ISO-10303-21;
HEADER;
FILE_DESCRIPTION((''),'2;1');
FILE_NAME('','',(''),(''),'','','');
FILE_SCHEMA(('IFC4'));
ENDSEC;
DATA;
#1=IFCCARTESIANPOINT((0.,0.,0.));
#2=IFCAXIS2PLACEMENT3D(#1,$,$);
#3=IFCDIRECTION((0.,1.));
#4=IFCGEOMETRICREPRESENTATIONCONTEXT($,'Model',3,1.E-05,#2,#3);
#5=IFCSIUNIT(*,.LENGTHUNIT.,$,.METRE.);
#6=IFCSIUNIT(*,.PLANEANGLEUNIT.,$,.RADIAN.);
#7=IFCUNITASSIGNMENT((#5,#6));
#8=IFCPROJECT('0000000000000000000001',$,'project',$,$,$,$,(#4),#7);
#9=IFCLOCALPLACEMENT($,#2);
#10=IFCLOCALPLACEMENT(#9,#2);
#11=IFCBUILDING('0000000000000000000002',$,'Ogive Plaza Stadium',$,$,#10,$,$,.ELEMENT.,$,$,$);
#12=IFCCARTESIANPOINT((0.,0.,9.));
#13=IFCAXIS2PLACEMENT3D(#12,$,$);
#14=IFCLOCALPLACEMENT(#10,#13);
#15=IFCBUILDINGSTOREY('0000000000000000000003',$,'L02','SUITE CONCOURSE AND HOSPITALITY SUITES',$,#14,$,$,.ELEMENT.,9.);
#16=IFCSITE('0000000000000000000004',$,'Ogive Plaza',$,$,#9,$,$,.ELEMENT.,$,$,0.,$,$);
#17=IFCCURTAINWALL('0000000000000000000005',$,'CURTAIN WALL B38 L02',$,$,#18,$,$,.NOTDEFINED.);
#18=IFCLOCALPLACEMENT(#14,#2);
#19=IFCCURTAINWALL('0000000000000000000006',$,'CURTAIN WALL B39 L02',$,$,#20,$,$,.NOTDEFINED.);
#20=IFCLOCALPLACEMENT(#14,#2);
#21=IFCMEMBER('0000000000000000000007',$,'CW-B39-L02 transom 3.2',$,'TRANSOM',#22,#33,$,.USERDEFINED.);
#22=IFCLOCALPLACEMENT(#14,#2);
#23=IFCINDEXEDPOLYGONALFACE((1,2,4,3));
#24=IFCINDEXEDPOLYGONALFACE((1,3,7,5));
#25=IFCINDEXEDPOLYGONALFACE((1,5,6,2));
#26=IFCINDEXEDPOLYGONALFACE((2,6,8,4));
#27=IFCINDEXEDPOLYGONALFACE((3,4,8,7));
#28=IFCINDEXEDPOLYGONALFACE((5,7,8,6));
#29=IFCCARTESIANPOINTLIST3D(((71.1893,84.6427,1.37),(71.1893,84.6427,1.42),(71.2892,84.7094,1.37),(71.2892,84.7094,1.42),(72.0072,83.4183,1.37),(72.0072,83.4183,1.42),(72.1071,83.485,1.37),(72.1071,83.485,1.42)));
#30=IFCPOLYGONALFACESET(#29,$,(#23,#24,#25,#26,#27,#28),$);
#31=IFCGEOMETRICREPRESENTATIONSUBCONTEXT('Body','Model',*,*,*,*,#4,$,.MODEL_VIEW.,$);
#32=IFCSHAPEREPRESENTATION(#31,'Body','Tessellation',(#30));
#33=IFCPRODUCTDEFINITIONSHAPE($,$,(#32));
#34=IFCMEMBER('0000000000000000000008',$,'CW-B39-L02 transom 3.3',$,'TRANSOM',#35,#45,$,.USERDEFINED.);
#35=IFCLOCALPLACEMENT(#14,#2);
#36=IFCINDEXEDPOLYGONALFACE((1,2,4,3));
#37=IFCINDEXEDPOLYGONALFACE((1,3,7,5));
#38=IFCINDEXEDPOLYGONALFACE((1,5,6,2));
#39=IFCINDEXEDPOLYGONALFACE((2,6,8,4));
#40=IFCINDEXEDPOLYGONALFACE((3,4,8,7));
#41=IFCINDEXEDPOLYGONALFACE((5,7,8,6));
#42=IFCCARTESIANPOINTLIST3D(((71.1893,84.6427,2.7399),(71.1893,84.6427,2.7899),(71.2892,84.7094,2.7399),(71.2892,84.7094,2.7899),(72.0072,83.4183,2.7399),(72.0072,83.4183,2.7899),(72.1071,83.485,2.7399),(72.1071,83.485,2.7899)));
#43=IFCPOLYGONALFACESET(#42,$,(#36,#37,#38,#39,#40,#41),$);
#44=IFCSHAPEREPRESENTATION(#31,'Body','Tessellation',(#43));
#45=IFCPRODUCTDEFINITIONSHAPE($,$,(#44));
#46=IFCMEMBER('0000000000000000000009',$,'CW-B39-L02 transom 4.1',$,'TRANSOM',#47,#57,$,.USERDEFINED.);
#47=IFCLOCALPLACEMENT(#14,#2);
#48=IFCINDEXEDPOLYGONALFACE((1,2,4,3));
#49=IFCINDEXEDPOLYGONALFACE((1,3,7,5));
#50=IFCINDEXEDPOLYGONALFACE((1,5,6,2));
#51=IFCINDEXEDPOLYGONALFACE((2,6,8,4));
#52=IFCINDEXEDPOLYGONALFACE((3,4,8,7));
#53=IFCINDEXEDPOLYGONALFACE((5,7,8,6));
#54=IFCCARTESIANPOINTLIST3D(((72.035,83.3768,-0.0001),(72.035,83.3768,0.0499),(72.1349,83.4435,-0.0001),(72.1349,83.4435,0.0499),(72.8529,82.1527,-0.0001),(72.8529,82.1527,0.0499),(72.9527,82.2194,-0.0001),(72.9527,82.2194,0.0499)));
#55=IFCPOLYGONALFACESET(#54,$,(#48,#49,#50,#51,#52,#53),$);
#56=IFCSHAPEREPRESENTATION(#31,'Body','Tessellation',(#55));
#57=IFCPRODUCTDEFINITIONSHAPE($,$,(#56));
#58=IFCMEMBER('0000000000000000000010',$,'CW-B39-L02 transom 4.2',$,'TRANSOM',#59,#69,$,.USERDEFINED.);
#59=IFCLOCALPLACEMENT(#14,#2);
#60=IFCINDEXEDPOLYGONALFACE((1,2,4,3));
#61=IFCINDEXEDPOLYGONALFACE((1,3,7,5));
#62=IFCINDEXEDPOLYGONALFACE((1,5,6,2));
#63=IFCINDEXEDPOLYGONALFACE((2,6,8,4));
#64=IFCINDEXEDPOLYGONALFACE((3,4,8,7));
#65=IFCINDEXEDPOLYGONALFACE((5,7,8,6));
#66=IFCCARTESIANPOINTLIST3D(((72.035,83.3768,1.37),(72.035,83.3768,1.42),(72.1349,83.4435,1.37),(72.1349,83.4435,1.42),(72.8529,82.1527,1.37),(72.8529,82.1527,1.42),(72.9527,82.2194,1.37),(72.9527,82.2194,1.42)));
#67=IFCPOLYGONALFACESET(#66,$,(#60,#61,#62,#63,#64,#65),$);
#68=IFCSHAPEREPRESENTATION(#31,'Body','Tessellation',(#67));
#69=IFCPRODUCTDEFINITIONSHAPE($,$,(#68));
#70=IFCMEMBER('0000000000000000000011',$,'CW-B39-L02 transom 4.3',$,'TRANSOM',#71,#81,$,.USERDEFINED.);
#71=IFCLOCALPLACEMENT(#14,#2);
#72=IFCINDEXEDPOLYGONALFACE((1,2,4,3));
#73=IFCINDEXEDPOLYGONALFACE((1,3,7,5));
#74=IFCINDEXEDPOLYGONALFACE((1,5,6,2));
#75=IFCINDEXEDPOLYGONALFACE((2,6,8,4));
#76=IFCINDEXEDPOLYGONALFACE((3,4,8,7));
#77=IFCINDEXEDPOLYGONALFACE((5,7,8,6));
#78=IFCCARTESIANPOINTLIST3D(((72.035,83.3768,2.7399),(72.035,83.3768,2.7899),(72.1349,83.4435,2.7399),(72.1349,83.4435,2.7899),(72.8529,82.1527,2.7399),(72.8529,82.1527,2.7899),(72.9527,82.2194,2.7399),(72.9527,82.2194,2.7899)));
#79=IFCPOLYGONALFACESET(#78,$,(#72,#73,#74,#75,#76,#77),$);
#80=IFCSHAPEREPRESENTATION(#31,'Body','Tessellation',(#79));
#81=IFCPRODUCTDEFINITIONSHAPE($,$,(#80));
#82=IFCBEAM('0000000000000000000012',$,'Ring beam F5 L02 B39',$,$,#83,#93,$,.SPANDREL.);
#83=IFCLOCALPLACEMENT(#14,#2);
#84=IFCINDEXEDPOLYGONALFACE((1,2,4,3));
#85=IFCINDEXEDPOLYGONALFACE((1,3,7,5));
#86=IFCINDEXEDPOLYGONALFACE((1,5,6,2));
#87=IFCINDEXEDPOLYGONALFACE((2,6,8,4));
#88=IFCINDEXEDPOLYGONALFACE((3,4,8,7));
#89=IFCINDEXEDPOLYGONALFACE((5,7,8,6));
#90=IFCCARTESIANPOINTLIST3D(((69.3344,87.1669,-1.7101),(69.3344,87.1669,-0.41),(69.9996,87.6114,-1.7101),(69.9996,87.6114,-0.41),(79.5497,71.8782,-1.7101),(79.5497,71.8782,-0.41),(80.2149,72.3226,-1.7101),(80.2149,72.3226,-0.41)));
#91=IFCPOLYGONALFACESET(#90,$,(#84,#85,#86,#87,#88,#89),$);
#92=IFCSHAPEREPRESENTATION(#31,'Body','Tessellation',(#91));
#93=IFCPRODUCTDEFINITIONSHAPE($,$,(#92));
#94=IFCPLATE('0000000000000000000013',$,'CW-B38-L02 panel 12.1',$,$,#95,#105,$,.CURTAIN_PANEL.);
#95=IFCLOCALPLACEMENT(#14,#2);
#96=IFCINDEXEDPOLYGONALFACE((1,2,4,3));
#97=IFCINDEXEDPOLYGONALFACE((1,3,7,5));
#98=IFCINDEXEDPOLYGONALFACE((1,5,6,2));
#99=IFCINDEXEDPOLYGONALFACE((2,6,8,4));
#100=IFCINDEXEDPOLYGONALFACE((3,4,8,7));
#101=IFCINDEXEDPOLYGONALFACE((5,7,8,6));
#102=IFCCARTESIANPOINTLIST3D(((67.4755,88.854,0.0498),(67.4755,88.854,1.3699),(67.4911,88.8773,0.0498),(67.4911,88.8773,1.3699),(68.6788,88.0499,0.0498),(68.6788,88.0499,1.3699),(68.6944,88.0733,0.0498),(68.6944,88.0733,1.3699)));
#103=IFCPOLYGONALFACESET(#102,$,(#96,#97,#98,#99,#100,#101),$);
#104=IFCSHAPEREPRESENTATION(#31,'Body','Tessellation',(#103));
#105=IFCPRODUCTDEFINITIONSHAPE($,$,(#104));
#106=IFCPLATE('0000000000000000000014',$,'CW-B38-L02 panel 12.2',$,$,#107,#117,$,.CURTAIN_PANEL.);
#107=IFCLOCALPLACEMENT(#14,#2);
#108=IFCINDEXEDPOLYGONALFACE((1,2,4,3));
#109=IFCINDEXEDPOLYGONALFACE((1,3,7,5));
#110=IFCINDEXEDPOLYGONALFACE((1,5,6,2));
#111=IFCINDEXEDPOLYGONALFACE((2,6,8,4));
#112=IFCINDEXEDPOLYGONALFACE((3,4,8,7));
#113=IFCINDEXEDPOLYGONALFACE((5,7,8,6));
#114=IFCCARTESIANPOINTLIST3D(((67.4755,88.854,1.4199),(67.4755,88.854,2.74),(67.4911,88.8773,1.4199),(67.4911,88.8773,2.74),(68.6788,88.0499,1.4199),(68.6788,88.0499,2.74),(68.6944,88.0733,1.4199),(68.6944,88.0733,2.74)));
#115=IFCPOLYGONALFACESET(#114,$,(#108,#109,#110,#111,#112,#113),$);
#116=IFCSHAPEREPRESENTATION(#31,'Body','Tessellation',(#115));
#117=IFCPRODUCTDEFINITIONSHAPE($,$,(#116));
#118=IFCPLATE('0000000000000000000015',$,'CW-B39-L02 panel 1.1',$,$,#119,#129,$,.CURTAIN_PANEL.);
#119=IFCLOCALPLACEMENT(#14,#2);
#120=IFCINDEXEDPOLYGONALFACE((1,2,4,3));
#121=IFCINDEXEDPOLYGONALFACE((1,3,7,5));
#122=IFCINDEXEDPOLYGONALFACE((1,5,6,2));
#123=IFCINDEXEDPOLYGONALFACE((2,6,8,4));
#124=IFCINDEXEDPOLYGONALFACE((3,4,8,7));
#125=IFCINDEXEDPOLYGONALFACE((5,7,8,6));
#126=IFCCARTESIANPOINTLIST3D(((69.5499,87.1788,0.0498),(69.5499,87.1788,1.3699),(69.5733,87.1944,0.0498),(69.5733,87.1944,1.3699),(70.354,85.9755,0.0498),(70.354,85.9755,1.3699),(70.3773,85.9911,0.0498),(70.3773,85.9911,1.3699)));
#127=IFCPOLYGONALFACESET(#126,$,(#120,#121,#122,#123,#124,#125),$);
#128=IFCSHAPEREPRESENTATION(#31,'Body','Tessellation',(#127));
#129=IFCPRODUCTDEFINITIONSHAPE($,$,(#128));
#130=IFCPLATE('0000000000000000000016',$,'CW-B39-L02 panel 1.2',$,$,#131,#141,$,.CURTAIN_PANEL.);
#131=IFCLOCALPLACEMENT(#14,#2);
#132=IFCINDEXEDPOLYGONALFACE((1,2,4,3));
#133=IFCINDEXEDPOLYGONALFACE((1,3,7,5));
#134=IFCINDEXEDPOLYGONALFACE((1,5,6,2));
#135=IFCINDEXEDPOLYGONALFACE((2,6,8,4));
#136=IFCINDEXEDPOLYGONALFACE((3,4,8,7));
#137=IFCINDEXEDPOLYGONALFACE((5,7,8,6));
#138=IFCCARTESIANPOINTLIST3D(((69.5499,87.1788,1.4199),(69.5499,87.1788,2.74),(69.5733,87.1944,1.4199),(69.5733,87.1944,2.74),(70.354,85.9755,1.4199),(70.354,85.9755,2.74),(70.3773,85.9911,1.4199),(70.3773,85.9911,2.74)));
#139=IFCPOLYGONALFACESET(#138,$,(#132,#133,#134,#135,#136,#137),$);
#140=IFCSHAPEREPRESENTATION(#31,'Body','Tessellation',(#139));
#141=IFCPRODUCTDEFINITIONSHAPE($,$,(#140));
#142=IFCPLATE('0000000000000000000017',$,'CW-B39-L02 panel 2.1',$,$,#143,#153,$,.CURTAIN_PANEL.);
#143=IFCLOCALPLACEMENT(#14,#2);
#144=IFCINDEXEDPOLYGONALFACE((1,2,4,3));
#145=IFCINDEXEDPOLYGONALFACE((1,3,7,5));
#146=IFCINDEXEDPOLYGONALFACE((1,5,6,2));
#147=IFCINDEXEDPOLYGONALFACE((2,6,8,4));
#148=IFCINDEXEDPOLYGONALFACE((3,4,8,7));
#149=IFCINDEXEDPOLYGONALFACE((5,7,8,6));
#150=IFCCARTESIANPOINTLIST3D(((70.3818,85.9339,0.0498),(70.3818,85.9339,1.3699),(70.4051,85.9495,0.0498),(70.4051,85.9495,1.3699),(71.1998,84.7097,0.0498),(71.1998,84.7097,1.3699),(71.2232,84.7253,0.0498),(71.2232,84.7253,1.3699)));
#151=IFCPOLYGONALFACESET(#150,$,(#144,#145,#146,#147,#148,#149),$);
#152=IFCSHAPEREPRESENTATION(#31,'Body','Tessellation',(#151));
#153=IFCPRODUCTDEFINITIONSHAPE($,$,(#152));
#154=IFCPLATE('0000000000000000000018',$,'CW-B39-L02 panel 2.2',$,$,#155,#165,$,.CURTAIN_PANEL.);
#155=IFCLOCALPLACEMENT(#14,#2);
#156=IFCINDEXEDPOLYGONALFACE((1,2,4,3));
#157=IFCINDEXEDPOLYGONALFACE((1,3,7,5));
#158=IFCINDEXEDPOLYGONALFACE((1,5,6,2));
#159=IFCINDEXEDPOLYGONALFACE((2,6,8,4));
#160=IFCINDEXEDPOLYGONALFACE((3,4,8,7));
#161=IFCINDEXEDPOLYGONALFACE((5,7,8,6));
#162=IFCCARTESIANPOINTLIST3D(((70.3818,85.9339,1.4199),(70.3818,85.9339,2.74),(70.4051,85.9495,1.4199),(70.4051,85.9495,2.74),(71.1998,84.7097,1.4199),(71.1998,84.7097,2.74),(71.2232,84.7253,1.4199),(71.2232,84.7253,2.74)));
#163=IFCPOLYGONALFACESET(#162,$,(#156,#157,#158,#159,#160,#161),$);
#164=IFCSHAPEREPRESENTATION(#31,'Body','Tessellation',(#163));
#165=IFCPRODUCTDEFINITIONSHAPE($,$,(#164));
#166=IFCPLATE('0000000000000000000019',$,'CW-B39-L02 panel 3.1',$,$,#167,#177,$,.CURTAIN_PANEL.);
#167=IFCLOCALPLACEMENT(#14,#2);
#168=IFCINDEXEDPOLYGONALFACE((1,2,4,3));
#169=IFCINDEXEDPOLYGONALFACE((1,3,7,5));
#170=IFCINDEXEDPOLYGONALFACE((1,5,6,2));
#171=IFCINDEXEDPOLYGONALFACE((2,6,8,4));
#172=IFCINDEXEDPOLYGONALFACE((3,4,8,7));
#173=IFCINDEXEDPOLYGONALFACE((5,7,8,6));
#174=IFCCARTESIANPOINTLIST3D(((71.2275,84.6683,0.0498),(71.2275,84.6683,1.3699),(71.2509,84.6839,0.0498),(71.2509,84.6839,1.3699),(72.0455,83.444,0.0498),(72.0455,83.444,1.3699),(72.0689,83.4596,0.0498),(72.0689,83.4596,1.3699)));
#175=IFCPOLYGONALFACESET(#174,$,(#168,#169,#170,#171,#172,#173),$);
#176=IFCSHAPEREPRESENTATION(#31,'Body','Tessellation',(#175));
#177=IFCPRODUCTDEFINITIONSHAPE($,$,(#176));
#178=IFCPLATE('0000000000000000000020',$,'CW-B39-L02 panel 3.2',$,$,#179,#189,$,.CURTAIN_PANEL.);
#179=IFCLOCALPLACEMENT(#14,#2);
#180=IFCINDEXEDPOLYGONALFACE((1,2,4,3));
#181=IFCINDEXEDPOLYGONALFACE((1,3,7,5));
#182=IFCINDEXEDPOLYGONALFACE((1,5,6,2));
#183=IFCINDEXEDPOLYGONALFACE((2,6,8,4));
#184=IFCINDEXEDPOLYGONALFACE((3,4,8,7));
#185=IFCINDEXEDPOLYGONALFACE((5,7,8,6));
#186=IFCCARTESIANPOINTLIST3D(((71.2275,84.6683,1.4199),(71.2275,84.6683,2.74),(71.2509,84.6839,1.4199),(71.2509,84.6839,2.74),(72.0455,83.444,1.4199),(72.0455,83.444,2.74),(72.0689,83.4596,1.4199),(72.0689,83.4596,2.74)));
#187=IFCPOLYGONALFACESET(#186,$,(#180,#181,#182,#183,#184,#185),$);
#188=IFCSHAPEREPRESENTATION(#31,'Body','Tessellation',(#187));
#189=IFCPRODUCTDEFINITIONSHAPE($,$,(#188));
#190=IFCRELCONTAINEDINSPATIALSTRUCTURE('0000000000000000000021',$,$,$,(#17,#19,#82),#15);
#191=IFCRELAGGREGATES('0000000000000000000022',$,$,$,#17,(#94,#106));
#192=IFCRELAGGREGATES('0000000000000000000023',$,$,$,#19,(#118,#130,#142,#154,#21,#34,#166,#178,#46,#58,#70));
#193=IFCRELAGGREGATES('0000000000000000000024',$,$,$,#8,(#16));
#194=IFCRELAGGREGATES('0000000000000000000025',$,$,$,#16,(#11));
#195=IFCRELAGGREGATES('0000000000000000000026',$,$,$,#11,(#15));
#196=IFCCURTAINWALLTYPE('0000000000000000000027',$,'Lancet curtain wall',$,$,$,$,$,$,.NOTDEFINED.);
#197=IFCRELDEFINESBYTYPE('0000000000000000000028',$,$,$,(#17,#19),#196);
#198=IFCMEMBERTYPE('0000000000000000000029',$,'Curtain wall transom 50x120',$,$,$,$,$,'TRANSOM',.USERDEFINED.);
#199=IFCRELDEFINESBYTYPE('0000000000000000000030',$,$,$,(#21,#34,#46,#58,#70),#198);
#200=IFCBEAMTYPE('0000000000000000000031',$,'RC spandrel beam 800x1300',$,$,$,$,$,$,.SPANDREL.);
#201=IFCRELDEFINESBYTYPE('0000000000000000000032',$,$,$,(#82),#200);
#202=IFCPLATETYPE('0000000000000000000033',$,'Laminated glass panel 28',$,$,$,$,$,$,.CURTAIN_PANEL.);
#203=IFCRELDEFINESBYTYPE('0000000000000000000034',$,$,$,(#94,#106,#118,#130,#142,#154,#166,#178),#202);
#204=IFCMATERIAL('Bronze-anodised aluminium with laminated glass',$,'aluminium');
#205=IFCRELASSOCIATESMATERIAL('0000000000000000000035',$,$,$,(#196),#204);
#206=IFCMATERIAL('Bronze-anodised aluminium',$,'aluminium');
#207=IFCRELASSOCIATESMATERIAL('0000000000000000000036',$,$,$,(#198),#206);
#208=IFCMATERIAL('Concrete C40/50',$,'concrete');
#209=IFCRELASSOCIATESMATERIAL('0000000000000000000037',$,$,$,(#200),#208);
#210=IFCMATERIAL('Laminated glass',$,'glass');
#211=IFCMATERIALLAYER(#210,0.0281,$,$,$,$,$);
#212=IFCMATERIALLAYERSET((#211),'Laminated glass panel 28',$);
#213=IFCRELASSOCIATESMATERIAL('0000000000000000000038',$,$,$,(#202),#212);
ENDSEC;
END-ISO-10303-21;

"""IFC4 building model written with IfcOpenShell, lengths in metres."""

from ifc_helpers import new_model, si_unit, direction, frame, origin, origin_2d, place, context, subcontext, project, spatial, rectangle, extrude, material, layer, layer_set, material_profile, profile_set, type_object, element, aggregate, save


model = new_model("IFC4")

# Units and contexts
model_context = context("Model", 3, precision=1e-05, world=origin(), true_north=direction((0.0, 1.0)))
body_context = subcontext(model_context, "Body", "Model", "MODEL_VIEW")
ifc_project = project(units=[si_unit("LENGTHUNIT", "METRE"), si_unit("PLANEANGLEUNIT", "RADIAN")], contexts=[model_context])

# Site, building, storey
site_placement = place(None, origin())
site = spatial("IfcSite", under=ifc_project, at=site_placement, Name="Ogive Plaza", CompositionType="ELEMENT", RefElevation=0.0)
building_placement = place(site_placement, origin())
building = spatial("IfcBuilding", under=site, at=building_placement, Name="Ogive Plaza Stadium", CompositionType="ELEMENT")
storey_placement = place(building_placement, frame((0.0, 0.0, 9.0)))
storey = spatial("IfcBuildingStorey", under=building, at=storey_placement, Name="L02", Description="SUITE CONCOURSE AND HOSPITALITY SUITES", CompositionType="ELEMENT", Elevation=9.0)

# Curtain wall
ifc_material_1 = material(Name="Bronze-anodised aluminium with laminated glass", Category="aluminium")
curtain_wall_type = type_object("IfcCurtainWallType", Name="Lancet curtain wall", PredefinedType="NOTDEFINED", material=ifc_material_1)
curtain_wall_1_placement = place(storey_placement, origin())
curtain_wall_1 = element("IfcCurtainWall", 1, at=curtain_wall_1_placement, inside=storey, type_object=curtain_wall_type, Name="CURTAIN WALL B38 L02", PredefinedType="NOTDEFINED")

# Curtain wall
curtain_wall_2_placement = place(storey_placement, origin())
curtain_wall_2 = element("IfcCurtainWall", 2, at=curtain_wall_2_placement, inside=storey, type_object=curtain_wall_type, Name="CURTAIN WALL B39 L02", PredefinedType="NOTDEFINED")

# Members
ifc_material_2 = material(Name="Bronze-anodised aluminium", Category="aluminium")
ifc_material_profile_1 = material_profile(ifc_material_2, rectangle(XDim=0.1201, YDim=0.05, at=origin_2d()), Name="AL 120x50")
ifc_profile_set_1 = profile_set([ifc_material_profile_1], Name="Bronze-anodised aluminium")
member_type_1 = type_object("IfcMemberType", Name="Curtain wall transom 50x120", ElementType="TRANSOM", PredefinedType="USERDEFINED", material=ifc_profile_set_1)
member_1_placement = place(storey_placement, frame((71.2393, 84.676, 1.395), z_axis=(0.555465, -0.83154, 0.0), x_axis=(0.83154, 0.555465, 0.0)))
member_1 = element("IfcMember", 3, at=member_1_placement, type_object=member_type_1, Name="CW-B39-L02 transom 3.2", ObjectType="TRANSOM", PredefinedType="USERDEFINED", context=body_context, shape_type="SweptSolid", body=[
    extrude(rectangle(XDim=0.1201, YDim=0.05, at=origin_2d()), origin(), (0.0, 0.0, 1.0), 1.4724),
])
member_2_placement = place(storey_placement, frame((71.2393, 84.676, 2.7649), z_axis=(0.555465, -0.83154, 0.0), x_axis=(0.83154, 0.555465, 0.0)))
member_2 = element("IfcMember", 4, at=member_2_placement, type_object=member_type_1, Name="CW-B39-L02 transom 3.3", ObjectType="TRANSOM", PredefinedType="USERDEFINED", context=body_context, shape_type="SweptSolid", body=[
    extrude(rectangle(XDim=0.1201, YDim=0.05, at=origin_2d()), origin(), (0.0, 0.0, 1.0), 1.4724),
])
member_3_placement = place(storey_placement, frame((72.085, 83.4102, 0.0249), z_axis=(0.555542, -0.831489, 0.0), x_axis=(0.831489, 0.555542, 0.0)))
member_3 = element("IfcMember", 5, at=member_3_placement, type_object=member_type_1, Name="CW-B39-L02 transom 4.1", ObjectType="TRANSOM", PredefinedType="USERDEFINED", context=body_context, shape_type="SweptSolid", body=[
    extrude(rectangle(XDim=0.1201, YDim=0.05, at=origin_2d()), origin(), (0.0, 0.0, 1.0), 1.4722),
])
member_4_placement = place(storey_placement, frame((72.085, 83.4102, 1.395), z_axis=(0.555542, -0.831489, 0.0), x_axis=(0.831489, 0.555542, 0.0)))
member_4 = element("IfcMember", 6, at=member_4_placement, type_object=member_type_1, Name="CW-B39-L02 transom 4.2", ObjectType="TRANSOM", PredefinedType="USERDEFINED", context=body_context, shape_type="SweptSolid", body=[
    extrude(rectangle(XDim=0.1201, YDim=0.05, at=origin_2d()), origin(), (0.0, 0.0, 1.0), 1.4722),
])
member_5_placement = place(storey_placement, frame((72.085, 83.4102, 2.7649), z_axis=(0.555542, -0.831489, 0.0), x_axis=(0.831489, 0.555542, 0.0)))
member_5 = element("IfcMember", 7, at=member_5_placement, type_object=member_type_1, Name="CW-B39-L02 transom 4.3", ObjectType="TRANSOM", PredefinedType="USERDEFINED", context=body_context, shape_type="SweptSolid", body=[
    extrude(rectangle(XDim=0.1201, YDim=0.05, at=origin_2d()), origin(), (0.0, 0.0, 1.0), 1.4722),
])

# Beam
ifc_material_3 = material(Name="Concrete C40/50", Category="concrete")
ifc_material_profile_2 = material_profile(ifc_material_3, rectangle(XDim=0.8, YDim=1.3, at=origin_2d()), Name="RC 800x1300")
ifc_profile_set_2 = profile_set([ifc_material_profile_2], Name="Concrete C40/50")
beam_type = type_object("IfcBeamType", Name="RC spandrel beam 800x1300", PredefinedType="SPANDREL", material=ifc_profile_set_2)
beam_placement = place(storey_placement, frame((69.667, 87.3892, -1.0601), z_axis=(0.555558, -0.831478, 0.0), x_axis=(0.831478, 0.555558, 0.0)))
element("IfcBeam", 8, at=beam_placement, inside=storey, type_object=beam_type, Name="Ring beam F5 L02 B39", PredefinedType="SPANDREL", context=body_context, shape_type="SweptSolid", body=[
    extrude(rectangle(XDim=0.8, YDim=1.3, at=origin_2d()), origin(), (0.0, 0.0, 1.0), 18.3875),
])

# Plates
ifc_material_4 = material(Name="Laminated glass", Category="glass")
ifc_layer_1 = layer(ifc_material_4, 0.0281)
ifc_layer_set_1 = layer_set([ifc_layer_1], Name="Laminated glass panel 28")
plate_type = type_object("IfcPlateType", Name="Laminated glass panel 28", PredefinedType="CURTAIN_PANEL", material=ifc_layer_set_1)
plate_1_placement = place(storey_placement, frame((68.085, 88.4636, 0.0498), z_axis=(0.0, 0.0, 1.0), x_axis=(0.83147, -0.55557, 0.0)))
plate_1 = element("IfcPlate", 9, at=plate_1_placement, type_object=plate_type, Name="CW-B38-L02 panel 12.1", PredefinedType="CURTAIN_PANEL", context=body_context, shape_type="SweptSolid", body=[
    extrude(rectangle(XDim=1.4473, YDim=0.0281, at=origin_2d()), origin(), (0.0, 0.0, 1.0), 1.3201),
])
plate_2_placement = place(storey_placement, frame((68.085, 88.4636, 1.4199), z_axis=(0.0, 0.0, 1.0), x_axis=(0.83147, -0.55557, 0.0)))
plate_2 = element("IfcPlate", 10, at=plate_2_placement, type_object=plate_type, Name="CW-B38-L02 panel 12.2", PredefinedType="CURTAIN_PANEL", context=body_context, shape_type="SweptSolid", body=[
    extrude(rectangle(XDim=1.4473, YDim=0.0281, at=origin_2d()), origin(), (0.0, 0.0, 1.0), 1.3201),
])
aggregate(curtain_wall_1, [plate_1, plate_2])
plate_3_placement = place(storey_placement, frame((69.9636, 86.585, 0.0498), z_axis=(0.0, 0.0, 1.0), x_axis=(0.55557, -0.83147, 0.0)))
plate_3 = element("IfcPlate", 11, at=plate_3_placement, type_object=plate_type, Name="CW-B39-L02 panel 1.1", PredefinedType="CURTAIN_PANEL", context=body_context, shape_type="SweptSolid", body=[
    extrude(rectangle(XDim=1.4473, YDim=0.0281, at=origin_2d()), origin(), (0.0, 0.0, 1.0), 1.3201),
])
plate_4_placement = place(storey_placement, frame((69.9636, 86.585, 1.4199), z_axis=(0.0, 0.0, 1.0), x_axis=(0.55557, -0.83147, 0.0)))
plate_4 = element("IfcPlate", 12, at=plate_4_placement, type_object=plate_type, Name="CW-B39-L02 panel 1.2", PredefinedType="CURTAIN_PANEL", context=body_context, shape_type="SweptSolid", body=[
    extrude(rectangle(XDim=1.4473, YDim=0.0281, at=origin_2d()), origin(), (0.0, 0.0, 1.0), 1.3201),
])
plate_5_placement = place(storey_placement, frame((70.8025, 85.3296, 0.0498), z_axis=(0.0, 0.0, 1.0), x_axis=(0.55557, -0.83147, 0.0)))
plate_5 = element("IfcPlate", 13, at=plate_5_placement, type_object=plate_type, Name="CW-B39-L02 panel 2.1", PredefinedType="CURTAIN_PANEL", context=body_context, shape_type="SweptSolid", body=[
    extrude(rectangle(XDim=1.4724, YDim=0.0281, at=origin_2d()), origin(), (0.0, 0.0, 1.0), 1.3201),
])
plate_6_placement = place(storey_placement, frame((70.8025, 85.3296, 1.4199), z_axis=(0.0, 0.0, 1.0), x_axis=(0.55557, -0.83147, 0.0)))
plate_6 = element("IfcPlate", 14, at=plate_6_placement, type_object=plate_type, Name="CW-B39-L02 panel 2.2", PredefinedType="CURTAIN_PANEL", context=body_context, shape_type="SweptSolid", body=[
    extrude(rectangle(XDim=1.4724, YDim=0.0281, at=origin_2d()), origin(), (0.0, 0.0, 1.0), 1.3201),
])
plate_7_placement = place(storey_placement, frame((71.6482, 84.064, 0.0498), z_axis=(0.0, 0.0, 1.0), x_axis=(0.55557, -0.83147, 0.0)))
plate_7 = element("IfcPlate", 15, at=plate_7_placement, type_object=plate_type, Name="CW-B39-L02 panel 3.1", PredefinedType="CURTAIN_PANEL", context=body_context, shape_type="SweptSolid", body=[
    extrude(rectangle(XDim=1.4724, YDim=0.0281, at=origin_2d()), origin(), (0.0, 0.0, 1.0), 1.3201),
])
plate_8_placement = place(storey_placement, frame((71.6482, 84.064, 1.4199), z_axis=(0.0, 0.0, 1.0), x_axis=(0.55557, -0.83147, 0.0)))
plate_8 = element("IfcPlate", 16, at=plate_8_placement, type_object=plate_type, Name="CW-B39-L02 panel 3.2", PredefinedType="CURTAIN_PANEL", context=body_context, shape_type="SweptSolid", body=[
    extrude(rectangle(XDim=1.4724, YDim=0.0281, at=origin_2d()), origin(), (0.0, 0.0, 1.0), 1.3201),
])
aggregate(curtain_wall_2, [plate_3, plate_4, plate_5, plate_6, member_1, member_2, plate_7, plate_8, member_3, member_4, member_5])

save(model, "model.ifc")
